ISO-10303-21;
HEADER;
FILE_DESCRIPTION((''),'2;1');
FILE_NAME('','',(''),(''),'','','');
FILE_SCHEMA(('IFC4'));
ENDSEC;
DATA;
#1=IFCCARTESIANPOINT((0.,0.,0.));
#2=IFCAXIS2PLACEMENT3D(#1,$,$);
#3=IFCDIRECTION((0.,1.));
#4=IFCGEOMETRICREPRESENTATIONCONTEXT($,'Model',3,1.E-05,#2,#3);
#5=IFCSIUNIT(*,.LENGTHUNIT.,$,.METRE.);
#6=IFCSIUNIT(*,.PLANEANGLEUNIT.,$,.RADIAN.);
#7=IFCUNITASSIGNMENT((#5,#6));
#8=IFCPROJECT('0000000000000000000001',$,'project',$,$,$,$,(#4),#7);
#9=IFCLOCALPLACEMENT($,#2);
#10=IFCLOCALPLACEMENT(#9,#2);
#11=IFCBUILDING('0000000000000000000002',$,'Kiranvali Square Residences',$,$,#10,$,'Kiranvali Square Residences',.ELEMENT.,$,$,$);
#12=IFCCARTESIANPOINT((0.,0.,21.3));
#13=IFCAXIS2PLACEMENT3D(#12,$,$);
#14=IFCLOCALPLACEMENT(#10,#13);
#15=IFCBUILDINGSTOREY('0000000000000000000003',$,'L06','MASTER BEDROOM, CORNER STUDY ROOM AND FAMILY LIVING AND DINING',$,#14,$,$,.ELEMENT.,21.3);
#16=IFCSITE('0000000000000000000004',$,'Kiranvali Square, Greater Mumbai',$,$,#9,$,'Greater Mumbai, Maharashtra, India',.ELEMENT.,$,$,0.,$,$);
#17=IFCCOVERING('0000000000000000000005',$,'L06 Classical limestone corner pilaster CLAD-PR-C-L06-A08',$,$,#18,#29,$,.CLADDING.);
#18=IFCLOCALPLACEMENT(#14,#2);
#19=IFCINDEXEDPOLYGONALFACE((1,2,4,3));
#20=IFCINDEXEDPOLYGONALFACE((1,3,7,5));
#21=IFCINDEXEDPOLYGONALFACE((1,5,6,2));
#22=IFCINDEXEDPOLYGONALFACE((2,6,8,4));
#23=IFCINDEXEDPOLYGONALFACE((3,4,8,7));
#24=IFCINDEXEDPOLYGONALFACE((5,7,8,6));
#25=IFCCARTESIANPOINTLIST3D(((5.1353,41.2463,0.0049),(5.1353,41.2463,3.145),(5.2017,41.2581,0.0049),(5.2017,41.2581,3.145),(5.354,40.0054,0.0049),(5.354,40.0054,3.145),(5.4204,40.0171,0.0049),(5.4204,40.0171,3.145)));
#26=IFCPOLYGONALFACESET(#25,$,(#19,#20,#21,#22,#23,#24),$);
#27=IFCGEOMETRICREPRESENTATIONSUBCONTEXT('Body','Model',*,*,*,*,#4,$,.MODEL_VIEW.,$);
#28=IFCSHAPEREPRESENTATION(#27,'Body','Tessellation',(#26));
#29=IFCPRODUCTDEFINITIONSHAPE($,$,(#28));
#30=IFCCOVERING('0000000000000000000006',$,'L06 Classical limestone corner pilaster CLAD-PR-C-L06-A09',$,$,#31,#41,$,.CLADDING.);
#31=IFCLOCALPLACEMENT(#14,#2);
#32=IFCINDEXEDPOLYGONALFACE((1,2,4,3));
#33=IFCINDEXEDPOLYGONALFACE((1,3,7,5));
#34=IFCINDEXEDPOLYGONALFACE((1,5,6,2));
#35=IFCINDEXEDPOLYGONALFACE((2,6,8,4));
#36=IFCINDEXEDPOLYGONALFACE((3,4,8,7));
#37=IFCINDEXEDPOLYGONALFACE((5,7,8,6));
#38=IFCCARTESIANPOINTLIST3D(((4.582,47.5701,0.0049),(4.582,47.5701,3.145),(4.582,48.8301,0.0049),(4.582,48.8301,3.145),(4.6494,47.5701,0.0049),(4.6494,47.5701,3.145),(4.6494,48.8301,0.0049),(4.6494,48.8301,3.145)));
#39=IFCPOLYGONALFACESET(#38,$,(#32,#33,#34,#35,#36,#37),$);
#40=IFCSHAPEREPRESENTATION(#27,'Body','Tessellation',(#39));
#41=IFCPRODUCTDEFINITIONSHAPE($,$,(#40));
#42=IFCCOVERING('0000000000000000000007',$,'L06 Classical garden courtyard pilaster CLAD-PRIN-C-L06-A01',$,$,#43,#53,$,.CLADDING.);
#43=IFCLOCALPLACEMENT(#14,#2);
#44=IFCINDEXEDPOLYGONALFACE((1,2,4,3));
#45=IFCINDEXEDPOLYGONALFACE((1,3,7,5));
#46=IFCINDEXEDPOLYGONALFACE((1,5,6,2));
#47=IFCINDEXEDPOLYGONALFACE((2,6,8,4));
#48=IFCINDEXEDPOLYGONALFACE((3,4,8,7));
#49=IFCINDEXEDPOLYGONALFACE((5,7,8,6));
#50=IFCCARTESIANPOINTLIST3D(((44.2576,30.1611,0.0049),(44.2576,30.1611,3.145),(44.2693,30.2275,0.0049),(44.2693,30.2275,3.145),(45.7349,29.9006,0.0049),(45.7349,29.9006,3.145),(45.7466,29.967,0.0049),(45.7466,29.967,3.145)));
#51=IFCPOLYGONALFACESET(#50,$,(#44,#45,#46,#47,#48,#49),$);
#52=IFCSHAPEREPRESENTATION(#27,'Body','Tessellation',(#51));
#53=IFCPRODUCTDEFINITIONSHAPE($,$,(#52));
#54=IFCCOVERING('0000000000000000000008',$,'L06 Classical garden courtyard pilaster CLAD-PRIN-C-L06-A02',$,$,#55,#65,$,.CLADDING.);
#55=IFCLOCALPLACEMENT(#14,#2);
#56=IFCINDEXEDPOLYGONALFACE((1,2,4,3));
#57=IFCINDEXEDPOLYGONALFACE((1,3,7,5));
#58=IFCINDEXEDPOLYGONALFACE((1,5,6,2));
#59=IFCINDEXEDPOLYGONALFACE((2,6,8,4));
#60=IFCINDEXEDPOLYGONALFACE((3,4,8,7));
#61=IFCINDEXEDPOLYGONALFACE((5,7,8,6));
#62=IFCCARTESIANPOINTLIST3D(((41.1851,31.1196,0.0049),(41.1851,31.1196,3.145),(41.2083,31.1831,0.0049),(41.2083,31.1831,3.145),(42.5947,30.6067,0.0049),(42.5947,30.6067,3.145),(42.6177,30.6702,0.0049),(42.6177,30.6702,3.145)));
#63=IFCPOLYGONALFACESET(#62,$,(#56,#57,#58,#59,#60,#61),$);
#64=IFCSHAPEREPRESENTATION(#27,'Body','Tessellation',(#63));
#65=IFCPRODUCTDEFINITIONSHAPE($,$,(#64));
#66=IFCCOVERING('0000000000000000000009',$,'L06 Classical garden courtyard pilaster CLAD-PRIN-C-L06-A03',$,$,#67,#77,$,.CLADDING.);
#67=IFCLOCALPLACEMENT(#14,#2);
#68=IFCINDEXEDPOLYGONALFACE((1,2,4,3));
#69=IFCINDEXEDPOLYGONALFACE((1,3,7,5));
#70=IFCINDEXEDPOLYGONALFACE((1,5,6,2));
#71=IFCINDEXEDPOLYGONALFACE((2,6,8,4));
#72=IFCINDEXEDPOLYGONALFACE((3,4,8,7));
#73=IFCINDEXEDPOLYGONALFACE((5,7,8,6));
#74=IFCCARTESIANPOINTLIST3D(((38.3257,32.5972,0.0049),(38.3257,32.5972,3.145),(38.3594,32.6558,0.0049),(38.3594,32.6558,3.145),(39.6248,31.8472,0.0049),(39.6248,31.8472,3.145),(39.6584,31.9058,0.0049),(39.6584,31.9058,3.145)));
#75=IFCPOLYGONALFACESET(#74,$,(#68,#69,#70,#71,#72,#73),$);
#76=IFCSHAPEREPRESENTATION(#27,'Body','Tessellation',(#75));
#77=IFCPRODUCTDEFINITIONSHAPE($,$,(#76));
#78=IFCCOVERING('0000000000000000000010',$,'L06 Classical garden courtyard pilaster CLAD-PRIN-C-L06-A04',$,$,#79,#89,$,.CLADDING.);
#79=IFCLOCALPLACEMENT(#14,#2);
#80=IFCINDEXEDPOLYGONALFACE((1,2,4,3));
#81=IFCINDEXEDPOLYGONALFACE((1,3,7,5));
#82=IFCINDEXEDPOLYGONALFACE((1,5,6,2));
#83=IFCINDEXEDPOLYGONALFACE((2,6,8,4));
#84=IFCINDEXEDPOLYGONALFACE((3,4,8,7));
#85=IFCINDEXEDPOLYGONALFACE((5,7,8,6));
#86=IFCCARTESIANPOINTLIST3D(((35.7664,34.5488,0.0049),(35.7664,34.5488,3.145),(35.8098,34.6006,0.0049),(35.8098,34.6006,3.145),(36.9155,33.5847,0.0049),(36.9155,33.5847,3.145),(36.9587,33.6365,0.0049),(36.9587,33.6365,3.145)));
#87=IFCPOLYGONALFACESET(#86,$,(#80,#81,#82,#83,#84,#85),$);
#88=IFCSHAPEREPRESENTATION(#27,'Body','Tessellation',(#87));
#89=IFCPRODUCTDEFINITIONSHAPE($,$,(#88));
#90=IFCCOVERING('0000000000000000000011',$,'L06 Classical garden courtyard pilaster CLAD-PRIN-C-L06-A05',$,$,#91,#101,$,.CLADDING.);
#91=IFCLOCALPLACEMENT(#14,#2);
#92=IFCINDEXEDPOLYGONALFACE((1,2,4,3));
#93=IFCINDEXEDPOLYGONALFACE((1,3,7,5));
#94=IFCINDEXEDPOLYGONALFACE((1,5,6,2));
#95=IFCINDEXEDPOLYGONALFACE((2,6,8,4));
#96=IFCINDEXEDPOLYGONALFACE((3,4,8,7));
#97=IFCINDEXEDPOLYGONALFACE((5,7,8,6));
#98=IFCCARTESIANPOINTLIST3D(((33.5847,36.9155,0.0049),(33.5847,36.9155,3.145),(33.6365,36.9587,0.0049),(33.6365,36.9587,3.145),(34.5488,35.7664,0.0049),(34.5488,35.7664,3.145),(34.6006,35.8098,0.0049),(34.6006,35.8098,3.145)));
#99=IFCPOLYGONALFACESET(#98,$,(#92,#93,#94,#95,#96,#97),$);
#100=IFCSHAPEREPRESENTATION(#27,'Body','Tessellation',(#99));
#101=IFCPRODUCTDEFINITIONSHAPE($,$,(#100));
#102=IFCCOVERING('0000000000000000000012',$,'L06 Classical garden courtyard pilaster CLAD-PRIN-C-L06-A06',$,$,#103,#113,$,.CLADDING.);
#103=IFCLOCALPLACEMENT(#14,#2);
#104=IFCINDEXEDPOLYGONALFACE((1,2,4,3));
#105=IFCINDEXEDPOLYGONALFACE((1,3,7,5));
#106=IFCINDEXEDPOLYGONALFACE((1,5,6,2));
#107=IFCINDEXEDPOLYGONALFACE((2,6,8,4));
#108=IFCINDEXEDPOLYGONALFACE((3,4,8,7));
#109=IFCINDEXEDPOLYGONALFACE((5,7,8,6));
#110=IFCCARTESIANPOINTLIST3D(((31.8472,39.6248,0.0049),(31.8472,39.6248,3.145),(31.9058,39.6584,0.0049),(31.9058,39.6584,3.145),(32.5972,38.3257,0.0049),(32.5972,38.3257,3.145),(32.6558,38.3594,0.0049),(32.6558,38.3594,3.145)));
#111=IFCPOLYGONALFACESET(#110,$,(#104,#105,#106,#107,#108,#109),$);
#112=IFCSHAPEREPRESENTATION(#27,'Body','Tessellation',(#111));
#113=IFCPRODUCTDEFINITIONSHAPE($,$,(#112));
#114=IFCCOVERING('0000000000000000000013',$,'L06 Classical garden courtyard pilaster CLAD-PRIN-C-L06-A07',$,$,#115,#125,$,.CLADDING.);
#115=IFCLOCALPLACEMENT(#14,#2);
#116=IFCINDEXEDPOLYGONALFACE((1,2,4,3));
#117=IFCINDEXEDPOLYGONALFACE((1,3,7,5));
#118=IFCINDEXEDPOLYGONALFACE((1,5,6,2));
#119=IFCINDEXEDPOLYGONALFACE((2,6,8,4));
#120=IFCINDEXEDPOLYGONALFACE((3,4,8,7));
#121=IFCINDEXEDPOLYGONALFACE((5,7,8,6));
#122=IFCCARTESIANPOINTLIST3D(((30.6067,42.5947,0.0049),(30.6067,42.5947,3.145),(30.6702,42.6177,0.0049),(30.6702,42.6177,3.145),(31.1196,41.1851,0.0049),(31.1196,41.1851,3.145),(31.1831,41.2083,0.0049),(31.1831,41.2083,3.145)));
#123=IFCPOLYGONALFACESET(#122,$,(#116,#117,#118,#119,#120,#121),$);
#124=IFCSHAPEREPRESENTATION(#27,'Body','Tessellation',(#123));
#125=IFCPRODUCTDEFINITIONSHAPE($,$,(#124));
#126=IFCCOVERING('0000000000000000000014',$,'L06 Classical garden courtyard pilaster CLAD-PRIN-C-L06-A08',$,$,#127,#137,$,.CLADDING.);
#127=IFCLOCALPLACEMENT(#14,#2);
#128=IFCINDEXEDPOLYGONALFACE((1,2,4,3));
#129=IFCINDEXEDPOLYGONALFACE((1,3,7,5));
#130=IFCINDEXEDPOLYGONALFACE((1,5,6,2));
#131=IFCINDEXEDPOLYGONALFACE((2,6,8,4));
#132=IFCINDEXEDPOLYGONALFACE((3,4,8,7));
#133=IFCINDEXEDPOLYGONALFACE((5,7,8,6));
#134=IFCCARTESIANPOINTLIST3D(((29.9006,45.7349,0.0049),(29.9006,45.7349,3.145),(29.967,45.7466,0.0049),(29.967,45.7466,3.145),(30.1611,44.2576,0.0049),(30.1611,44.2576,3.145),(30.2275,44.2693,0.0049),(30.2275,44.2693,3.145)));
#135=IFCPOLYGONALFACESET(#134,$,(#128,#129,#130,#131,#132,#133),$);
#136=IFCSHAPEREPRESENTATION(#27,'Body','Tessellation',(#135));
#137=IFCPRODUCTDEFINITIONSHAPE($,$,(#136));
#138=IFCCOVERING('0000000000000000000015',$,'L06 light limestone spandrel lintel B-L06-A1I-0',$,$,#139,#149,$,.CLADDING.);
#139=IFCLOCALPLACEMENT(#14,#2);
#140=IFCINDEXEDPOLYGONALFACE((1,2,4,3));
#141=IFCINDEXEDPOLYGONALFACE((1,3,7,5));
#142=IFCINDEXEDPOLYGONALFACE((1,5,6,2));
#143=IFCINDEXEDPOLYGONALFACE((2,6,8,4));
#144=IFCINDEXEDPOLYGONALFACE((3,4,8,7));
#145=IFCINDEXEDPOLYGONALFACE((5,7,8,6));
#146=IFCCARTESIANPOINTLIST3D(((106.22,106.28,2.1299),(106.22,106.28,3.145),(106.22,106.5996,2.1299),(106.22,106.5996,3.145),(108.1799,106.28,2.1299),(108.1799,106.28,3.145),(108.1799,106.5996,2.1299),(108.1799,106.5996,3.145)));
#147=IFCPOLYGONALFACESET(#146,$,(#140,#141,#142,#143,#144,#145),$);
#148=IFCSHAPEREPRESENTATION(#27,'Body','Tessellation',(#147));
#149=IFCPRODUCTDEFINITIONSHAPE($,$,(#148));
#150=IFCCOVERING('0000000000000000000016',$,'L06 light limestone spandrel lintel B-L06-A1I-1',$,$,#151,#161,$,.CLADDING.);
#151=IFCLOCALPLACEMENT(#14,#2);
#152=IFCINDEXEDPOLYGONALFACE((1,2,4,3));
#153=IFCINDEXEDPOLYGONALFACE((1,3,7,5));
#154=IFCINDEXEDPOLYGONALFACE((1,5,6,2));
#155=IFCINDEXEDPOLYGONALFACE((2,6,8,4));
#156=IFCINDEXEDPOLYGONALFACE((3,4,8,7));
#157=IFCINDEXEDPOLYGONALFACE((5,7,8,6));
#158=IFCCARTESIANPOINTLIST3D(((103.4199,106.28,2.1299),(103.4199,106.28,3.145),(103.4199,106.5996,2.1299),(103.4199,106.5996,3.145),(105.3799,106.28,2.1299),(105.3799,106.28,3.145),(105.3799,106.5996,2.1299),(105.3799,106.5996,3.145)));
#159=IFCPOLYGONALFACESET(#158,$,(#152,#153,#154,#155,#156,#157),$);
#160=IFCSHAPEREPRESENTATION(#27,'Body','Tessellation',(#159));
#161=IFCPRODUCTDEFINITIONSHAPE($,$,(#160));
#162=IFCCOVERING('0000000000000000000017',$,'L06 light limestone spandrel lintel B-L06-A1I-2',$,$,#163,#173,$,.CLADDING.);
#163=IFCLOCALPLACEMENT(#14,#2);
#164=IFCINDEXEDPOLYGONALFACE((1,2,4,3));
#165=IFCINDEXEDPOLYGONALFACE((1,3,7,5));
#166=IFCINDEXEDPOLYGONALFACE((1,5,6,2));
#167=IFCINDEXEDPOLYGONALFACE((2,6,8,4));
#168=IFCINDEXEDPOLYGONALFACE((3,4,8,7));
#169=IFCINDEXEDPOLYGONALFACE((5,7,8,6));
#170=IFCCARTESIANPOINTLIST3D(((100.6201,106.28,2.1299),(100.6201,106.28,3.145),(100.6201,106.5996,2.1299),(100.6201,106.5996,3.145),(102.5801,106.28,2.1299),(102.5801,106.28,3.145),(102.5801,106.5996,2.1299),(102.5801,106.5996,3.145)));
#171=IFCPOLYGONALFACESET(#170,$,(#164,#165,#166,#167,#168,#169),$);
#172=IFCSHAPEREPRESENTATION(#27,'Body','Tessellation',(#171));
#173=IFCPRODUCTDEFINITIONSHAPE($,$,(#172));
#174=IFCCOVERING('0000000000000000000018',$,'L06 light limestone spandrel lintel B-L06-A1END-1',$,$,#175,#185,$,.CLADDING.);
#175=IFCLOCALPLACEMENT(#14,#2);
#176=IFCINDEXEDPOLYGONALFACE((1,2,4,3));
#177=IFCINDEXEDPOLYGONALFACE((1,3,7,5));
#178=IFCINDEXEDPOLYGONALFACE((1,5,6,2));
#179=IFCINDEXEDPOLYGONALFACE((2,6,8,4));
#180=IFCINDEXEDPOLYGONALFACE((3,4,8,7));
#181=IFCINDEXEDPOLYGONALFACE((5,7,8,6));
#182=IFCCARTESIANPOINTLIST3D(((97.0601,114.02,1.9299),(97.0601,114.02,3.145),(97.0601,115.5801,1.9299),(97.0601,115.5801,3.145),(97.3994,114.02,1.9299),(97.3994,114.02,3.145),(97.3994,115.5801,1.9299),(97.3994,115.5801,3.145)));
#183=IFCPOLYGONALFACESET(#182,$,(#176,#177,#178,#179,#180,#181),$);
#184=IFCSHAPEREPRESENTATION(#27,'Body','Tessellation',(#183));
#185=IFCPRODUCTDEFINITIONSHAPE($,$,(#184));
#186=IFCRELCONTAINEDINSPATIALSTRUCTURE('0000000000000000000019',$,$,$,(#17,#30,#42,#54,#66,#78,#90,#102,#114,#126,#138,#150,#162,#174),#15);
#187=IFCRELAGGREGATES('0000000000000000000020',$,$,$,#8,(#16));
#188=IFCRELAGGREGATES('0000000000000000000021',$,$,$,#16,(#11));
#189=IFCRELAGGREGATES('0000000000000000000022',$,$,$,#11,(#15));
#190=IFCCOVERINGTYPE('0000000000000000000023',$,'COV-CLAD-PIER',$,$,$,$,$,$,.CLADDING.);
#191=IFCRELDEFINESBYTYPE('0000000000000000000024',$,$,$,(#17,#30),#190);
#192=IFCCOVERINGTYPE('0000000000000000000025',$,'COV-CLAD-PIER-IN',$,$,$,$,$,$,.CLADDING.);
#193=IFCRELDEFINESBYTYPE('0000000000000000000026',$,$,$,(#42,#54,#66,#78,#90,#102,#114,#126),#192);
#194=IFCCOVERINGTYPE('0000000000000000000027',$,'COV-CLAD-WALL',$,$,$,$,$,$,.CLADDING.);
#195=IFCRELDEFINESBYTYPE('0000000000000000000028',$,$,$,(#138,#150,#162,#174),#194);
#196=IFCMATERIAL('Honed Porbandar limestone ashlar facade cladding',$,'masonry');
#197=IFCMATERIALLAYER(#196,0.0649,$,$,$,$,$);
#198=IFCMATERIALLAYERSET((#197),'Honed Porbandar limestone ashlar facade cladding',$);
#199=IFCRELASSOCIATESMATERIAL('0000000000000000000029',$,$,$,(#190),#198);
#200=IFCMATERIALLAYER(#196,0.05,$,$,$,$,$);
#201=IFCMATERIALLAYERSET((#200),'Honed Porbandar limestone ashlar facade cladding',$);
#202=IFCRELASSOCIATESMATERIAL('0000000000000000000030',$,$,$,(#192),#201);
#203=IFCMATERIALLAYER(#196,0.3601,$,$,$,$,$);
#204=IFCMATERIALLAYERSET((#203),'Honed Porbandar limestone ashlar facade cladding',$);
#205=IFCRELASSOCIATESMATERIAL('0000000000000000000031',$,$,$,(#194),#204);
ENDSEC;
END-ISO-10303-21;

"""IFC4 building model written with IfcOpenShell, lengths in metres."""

from ifc_helpers import new_model, si_unit, direction, frame, origin, place, context, subcontext, project, spatial, polyline, outline, extrude, material, layer, layer_set, type_object, element, save


model = new_model("IFC4")

# Units and contexts
model_context = context("Model", 3, precision=1e-05, world=origin(), true_north=direction((0.0, 1.0)))
body_context = subcontext(model_context, "Body", "Model", "MODEL_VIEW")
ifc_project = project(units=[si_unit("LENGTHUNIT", "METRE"), si_unit("PLANEANGLEUNIT", "RADIAN")], contexts=[model_context])

# Site, building, storey
site_placement = place(None, origin())
site = spatial("IfcSite", under=ifc_project, at=site_placement, Name="Kiranvali Square, Greater Mumbai", LongName="Greater Mumbai, Maharashtra, India", CompositionType="ELEMENT", RefElevation=0.0)
building_placement = place(site_placement, origin())
building = spatial("IfcBuilding", under=site, at=building_placement, Name="Kiranvali Square Residences", LongName="Kiranvali Square Residences", CompositionType="ELEMENT")
storey_placement = place(building_placement, frame((0.0, 0.0, 21.3)))
storey = spatial("IfcBuildingStorey", under=building, at=storey_placement, Name="L06", Description="MASTER BEDROOM, CORNER STUDY ROOM AND FAMILY LIVING AND DINING", CompositionType="ELEMENT", Elevation=21.3)

# Coverings
ifc_material = material(Name="Honed Porbandar limestone ashlar facade cladding", Category="masonry")
ifc_layer_1 = layer(ifc_material, 0.0649)
ifc_layer_set_1 = layer_set([ifc_layer_1], Name="Honed Porbandar limestone ashlar facade cladding")
covering_type_1 = type_object("IfcCoveringType", Name="COV-CLAD-PIER", PredefinedType="CLADDING", material=ifc_layer_set_1)
covering_1_placement = place(storey_placement, frame((0.0, 0.0, 0.0049)))
element("IfcCovering", 1, at=covering_1_placement, inside=storey, type_object=covering_type_1, Name="L06 Classical limestone corner pilaster CLAD-PR-C-L06-A08", PredefinedType="CLADDING", context=body_context, shape_type="SweptSolid", body=[
    extrude(outline(polyline([(5.1353, 41.2463), (5.354, 40.0054), (5.4204, 40.0171), (5.2017, 41.2581), (5.1353, 41.2463)])), origin(), (0.0, 0.0, 1.0), 3.1401),
])
covering_2_placement = place(storey_placement, frame((0.0, 0.0, 0.0049)))
element("IfcCovering", 2, at=covering_2_placement, inside=storey, type_object=covering_type_1, Name="L06 Classical limestone corner pilaster CLAD-PR-C-L06-A09", PredefinedType="CLADDING", context=body_context, shape_type="SweptSolid", body=[
    extrude(outline(polyline([(4.582, 48.8301), (4.582, 47.5701), (4.6494, 47.5701), (4.6494, 48.8301), (4.582, 48.8301)])), origin(), (0.0, 0.0, 1.0), 3.1401),
])
ifc_layer_2 = layer(ifc_material, 0.05)
ifc_layer_set_2 = layer_set([ifc_layer_2], Name="Honed Porbandar limestone ashlar facade cladding")
covering_type_2 = type_object("IfcCoveringType", Name="COV-CLAD-PIER-IN", PredefinedType="CLADDING", material=ifc_layer_set_2)
covering_3_placement = place(storey_placement, frame((0.0, 0.0, 0.0049)))
element("IfcCovering", 3, at=covering_3_placement, inside=storey, type_object=covering_type_2, Name="L06 Classical garden courtyard pilaster CLAD-PRIN-C-L06-A01", PredefinedType="CLADDING", context=body_context, shape_type="SweptSolid", body=[
    extrude(outline(polyline([(45.7466, 29.967), (44.2693, 30.2275), (44.2576, 30.1611), (45.7349, 29.9006), (45.7466, 29.967)])), origin(), (0.0, 0.0, 1.0), 3.1401),
])
covering_4_placement = place(storey_placement, frame((0.0, 0.0, 0.0049)))
element("IfcCovering", 4, at=covering_4_placement, inside=storey, type_object=covering_type_2, Name="L06 Classical garden courtyard pilaster CLAD-PRIN-C-L06-A02", PredefinedType="CLADDING", context=body_context, shape_type="SweptSolid", body=[
    extrude(outline(polyline([(42.6177, 30.6702), (41.2083, 31.1831), (41.1851, 31.1196), (42.5947, 30.6067), (42.6177, 30.6702)])), origin(), (0.0, 0.0, 1.0), 3.1401),
])
covering_5_placement = place(storey_placement, frame((0.0, 0.0, 0.0049)))
element("IfcCovering", 5, at=covering_5_placement, inside=storey, type_object=covering_type_2, Name="L06 Classical garden courtyard pilaster CLAD-PRIN-C-L06-A03", PredefinedType="CLADDING", context=body_context, shape_type="SweptSolid", body=[
    extrude(outline(polyline([(39.6584, 31.9058), (38.3594, 32.6558), (38.3257, 32.5972), (39.6248, 31.8472), (39.6584, 31.9058)])), origin(), (0.0, 0.0, 1.0), 3.1401),
])
covering_6_placement = place(storey_placement, frame((0.0, 0.0, 0.0049)))
element("IfcCovering", 6, at=covering_6_placement, inside=storey, type_object=covering_type_2, Name="L06 Classical garden courtyard pilaster CLAD-PRIN-C-L06-A04", PredefinedType="CLADDING", context=body_context, shape_type="SweptSolid", body=[
    extrude(outline(polyline([(36.9587, 33.6365), (35.8098, 34.6006), (35.7664, 34.5488), (36.9155, 33.5847), (36.9587, 33.6365)])), origin(), (0.0, 0.0, 1.0), 3.1401),
])
covering_7_placement = place(storey_placement, frame((0.0, 0.0, 0.0049)))
element("IfcCovering", 7, at=covering_7_placement, inside=storey, type_object=covering_type_2, Name="L06 Classical garden courtyard pilaster CLAD-PRIN-C-L06-A05", PredefinedType="CLADDING", context=body_context, shape_type="SweptSolid", body=[
    extrude(outline(polyline([(34.6006, 35.8098), (33.6365, 36.9587), (33.5847, 36.9155), (34.5488, 35.7664), (34.6006, 35.8098)])), origin(), (0.0, 0.0, 1.0), 3.1401),
])
covering_8_placement = place(storey_placement, frame((0.0, 0.0, 0.0049)))
element("IfcCovering", 8, at=covering_8_placement, inside=storey, type_object=covering_type_2, Name="L06 Classical garden courtyard pilaster CLAD-PRIN-C-L06-A06", PredefinedType="CLADDING", context=body_context, shape_type="SweptSolid", body=[
    extrude(outline(polyline([(32.6558, 38.3594), (31.9058, 39.6584), (31.8472, 39.6248), (32.5972, 38.3257), (32.6558, 38.3594)])), origin(), (0.0, 0.0, 1.0), 3.1401),
])
covering_9_placement = place(storey_placement, frame((0.0, 0.0, 0.0049)))
element("IfcCovering", 9, at=covering_9_placement, inside=storey, type_object=covering_type_2, Name="L06 Classical garden courtyard pilaster CLAD-PRIN-C-L06-A07", PredefinedType="CLADDING", context=body_context, shape_type="SweptSolid", body=[
    extrude(outline(polyline([(31.1831, 41.2083), (30.6702, 42.6177), (30.6067, 42.5947), (31.1196, 41.1851), (31.1831, 41.2083)])), origin(), (0.0, 0.0, 1.0), 3.1401),
])
covering_10_placement = place(storey_placement, frame((0.0, 0.0, 0.0049)))
element("IfcCovering", 10, at=covering_10_placement, inside=storey, type_object=covering_type_2, Name="L06 Classical garden courtyard pilaster CLAD-PRIN-C-L06-A08", PredefinedType="CLADDING", context=body_context, shape_type="SweptSolid", body=[
    extrude(outline(polyline([(30.2275, 44.2693), (29.967, 45.7466), (29.9006, 45.7349), (30.1611, 44.2576), (30.2275, 44.2693)])), origin(), (0.0, 0.0, 1.0), 3.1401),
])
ifc_layer_3 = layer(ifc_material, 0.3601)
ifc_layer_set_3 = layer_set([ifc_layer_3], Name="Honed Porbandar limestone ashlar facade cladding")
covering_type_3 = type_object("IfcCoveringType", Name="COV-CLAD-WALL", PredefinedType="CLADDING", material=ifc_layer_set_3)
covering_11_placement = place(storey_placement, frame((0.0, 0.0, 2.1299)))
element("IfcCovering", 11, at=covering_11_placement, inside=storey, type_object=covering_type_3, Name="L06 light limestone spandrel lintel B-L06-A1I-0", PredefinedType="CLADDING", context=body_context, shape_type="SweptSolid", body=[
    extrude(outline(polyline([(108.1799, 106.5996), (106.22, 106.5996), (106.22, 106.28), (108.1799, 106.28), (108.1799, 106.5996)])), origin(), (0.0, 0.0, 1.0), 1.0151),
])
covering_12_placement = place(storey_placement, frame((0.0, 0.0, 2.1299)))
element("IfcCovering", 12, at=covering_12_placement, inside=storey, type_object=covering_type_3, Name="L06 light limestone spandrel lintel B-L06-A1I-1", PredefinedType="CLADDING", context=body_context, shape_type="SweptSolid", body=[
    extrude(outline(polyline([(105.3799, 106.5996), (103.4199, 106.5996), (103.4199, 106.28), (105.3799, 106.28), (105.3799, 106.5996)])), origin(), (0.0, 0.0, 1.0), 1.0151),
])
covering_13_placement = place(storey_placement, frame((0.0, 0.0, 2.1299)))
element("IfcCovering", 13, at=covering_13_placement, inside=storey, type_object=covering_type_3, Name="L06 light limestone spandrel lintel B-L06-A1I-2", PredefinedType="CLADDING", context=body_context, shape_type="SweptSolid", body=[
    extrude(outline(polyline([(102.5801, 106.5996), (100.6201, 106.5996), (100.6201, 106.28), (102.5801, 106.28), (102.5801, 106.5996)])), origin(), (0.0, 0.0, 1.0), 1.0151),
])
covering_14_placement = place(storey_placement, frame((0.0, 0.0, 1.9299)))
element("IfcCovering", 14, at=covering_14_placement, inside=storey, type_object=covering_type_3, Name="L06 light limestone spandrel lintel B-L06-A1END-1", PredefinedType="CLADDING", context=body_context, shape_type="SweptSolid", body=[
    extrude(outline(polyline([(97.3994, 114.02), (97.3994, 115.5801), (97.0601, 115.5801), (97.0601, 114.02), (97.3994, 114.02)])), origin(), (0.0, 0.0, 1.0), 1.2151),
])

save(model, "model.ifc")
